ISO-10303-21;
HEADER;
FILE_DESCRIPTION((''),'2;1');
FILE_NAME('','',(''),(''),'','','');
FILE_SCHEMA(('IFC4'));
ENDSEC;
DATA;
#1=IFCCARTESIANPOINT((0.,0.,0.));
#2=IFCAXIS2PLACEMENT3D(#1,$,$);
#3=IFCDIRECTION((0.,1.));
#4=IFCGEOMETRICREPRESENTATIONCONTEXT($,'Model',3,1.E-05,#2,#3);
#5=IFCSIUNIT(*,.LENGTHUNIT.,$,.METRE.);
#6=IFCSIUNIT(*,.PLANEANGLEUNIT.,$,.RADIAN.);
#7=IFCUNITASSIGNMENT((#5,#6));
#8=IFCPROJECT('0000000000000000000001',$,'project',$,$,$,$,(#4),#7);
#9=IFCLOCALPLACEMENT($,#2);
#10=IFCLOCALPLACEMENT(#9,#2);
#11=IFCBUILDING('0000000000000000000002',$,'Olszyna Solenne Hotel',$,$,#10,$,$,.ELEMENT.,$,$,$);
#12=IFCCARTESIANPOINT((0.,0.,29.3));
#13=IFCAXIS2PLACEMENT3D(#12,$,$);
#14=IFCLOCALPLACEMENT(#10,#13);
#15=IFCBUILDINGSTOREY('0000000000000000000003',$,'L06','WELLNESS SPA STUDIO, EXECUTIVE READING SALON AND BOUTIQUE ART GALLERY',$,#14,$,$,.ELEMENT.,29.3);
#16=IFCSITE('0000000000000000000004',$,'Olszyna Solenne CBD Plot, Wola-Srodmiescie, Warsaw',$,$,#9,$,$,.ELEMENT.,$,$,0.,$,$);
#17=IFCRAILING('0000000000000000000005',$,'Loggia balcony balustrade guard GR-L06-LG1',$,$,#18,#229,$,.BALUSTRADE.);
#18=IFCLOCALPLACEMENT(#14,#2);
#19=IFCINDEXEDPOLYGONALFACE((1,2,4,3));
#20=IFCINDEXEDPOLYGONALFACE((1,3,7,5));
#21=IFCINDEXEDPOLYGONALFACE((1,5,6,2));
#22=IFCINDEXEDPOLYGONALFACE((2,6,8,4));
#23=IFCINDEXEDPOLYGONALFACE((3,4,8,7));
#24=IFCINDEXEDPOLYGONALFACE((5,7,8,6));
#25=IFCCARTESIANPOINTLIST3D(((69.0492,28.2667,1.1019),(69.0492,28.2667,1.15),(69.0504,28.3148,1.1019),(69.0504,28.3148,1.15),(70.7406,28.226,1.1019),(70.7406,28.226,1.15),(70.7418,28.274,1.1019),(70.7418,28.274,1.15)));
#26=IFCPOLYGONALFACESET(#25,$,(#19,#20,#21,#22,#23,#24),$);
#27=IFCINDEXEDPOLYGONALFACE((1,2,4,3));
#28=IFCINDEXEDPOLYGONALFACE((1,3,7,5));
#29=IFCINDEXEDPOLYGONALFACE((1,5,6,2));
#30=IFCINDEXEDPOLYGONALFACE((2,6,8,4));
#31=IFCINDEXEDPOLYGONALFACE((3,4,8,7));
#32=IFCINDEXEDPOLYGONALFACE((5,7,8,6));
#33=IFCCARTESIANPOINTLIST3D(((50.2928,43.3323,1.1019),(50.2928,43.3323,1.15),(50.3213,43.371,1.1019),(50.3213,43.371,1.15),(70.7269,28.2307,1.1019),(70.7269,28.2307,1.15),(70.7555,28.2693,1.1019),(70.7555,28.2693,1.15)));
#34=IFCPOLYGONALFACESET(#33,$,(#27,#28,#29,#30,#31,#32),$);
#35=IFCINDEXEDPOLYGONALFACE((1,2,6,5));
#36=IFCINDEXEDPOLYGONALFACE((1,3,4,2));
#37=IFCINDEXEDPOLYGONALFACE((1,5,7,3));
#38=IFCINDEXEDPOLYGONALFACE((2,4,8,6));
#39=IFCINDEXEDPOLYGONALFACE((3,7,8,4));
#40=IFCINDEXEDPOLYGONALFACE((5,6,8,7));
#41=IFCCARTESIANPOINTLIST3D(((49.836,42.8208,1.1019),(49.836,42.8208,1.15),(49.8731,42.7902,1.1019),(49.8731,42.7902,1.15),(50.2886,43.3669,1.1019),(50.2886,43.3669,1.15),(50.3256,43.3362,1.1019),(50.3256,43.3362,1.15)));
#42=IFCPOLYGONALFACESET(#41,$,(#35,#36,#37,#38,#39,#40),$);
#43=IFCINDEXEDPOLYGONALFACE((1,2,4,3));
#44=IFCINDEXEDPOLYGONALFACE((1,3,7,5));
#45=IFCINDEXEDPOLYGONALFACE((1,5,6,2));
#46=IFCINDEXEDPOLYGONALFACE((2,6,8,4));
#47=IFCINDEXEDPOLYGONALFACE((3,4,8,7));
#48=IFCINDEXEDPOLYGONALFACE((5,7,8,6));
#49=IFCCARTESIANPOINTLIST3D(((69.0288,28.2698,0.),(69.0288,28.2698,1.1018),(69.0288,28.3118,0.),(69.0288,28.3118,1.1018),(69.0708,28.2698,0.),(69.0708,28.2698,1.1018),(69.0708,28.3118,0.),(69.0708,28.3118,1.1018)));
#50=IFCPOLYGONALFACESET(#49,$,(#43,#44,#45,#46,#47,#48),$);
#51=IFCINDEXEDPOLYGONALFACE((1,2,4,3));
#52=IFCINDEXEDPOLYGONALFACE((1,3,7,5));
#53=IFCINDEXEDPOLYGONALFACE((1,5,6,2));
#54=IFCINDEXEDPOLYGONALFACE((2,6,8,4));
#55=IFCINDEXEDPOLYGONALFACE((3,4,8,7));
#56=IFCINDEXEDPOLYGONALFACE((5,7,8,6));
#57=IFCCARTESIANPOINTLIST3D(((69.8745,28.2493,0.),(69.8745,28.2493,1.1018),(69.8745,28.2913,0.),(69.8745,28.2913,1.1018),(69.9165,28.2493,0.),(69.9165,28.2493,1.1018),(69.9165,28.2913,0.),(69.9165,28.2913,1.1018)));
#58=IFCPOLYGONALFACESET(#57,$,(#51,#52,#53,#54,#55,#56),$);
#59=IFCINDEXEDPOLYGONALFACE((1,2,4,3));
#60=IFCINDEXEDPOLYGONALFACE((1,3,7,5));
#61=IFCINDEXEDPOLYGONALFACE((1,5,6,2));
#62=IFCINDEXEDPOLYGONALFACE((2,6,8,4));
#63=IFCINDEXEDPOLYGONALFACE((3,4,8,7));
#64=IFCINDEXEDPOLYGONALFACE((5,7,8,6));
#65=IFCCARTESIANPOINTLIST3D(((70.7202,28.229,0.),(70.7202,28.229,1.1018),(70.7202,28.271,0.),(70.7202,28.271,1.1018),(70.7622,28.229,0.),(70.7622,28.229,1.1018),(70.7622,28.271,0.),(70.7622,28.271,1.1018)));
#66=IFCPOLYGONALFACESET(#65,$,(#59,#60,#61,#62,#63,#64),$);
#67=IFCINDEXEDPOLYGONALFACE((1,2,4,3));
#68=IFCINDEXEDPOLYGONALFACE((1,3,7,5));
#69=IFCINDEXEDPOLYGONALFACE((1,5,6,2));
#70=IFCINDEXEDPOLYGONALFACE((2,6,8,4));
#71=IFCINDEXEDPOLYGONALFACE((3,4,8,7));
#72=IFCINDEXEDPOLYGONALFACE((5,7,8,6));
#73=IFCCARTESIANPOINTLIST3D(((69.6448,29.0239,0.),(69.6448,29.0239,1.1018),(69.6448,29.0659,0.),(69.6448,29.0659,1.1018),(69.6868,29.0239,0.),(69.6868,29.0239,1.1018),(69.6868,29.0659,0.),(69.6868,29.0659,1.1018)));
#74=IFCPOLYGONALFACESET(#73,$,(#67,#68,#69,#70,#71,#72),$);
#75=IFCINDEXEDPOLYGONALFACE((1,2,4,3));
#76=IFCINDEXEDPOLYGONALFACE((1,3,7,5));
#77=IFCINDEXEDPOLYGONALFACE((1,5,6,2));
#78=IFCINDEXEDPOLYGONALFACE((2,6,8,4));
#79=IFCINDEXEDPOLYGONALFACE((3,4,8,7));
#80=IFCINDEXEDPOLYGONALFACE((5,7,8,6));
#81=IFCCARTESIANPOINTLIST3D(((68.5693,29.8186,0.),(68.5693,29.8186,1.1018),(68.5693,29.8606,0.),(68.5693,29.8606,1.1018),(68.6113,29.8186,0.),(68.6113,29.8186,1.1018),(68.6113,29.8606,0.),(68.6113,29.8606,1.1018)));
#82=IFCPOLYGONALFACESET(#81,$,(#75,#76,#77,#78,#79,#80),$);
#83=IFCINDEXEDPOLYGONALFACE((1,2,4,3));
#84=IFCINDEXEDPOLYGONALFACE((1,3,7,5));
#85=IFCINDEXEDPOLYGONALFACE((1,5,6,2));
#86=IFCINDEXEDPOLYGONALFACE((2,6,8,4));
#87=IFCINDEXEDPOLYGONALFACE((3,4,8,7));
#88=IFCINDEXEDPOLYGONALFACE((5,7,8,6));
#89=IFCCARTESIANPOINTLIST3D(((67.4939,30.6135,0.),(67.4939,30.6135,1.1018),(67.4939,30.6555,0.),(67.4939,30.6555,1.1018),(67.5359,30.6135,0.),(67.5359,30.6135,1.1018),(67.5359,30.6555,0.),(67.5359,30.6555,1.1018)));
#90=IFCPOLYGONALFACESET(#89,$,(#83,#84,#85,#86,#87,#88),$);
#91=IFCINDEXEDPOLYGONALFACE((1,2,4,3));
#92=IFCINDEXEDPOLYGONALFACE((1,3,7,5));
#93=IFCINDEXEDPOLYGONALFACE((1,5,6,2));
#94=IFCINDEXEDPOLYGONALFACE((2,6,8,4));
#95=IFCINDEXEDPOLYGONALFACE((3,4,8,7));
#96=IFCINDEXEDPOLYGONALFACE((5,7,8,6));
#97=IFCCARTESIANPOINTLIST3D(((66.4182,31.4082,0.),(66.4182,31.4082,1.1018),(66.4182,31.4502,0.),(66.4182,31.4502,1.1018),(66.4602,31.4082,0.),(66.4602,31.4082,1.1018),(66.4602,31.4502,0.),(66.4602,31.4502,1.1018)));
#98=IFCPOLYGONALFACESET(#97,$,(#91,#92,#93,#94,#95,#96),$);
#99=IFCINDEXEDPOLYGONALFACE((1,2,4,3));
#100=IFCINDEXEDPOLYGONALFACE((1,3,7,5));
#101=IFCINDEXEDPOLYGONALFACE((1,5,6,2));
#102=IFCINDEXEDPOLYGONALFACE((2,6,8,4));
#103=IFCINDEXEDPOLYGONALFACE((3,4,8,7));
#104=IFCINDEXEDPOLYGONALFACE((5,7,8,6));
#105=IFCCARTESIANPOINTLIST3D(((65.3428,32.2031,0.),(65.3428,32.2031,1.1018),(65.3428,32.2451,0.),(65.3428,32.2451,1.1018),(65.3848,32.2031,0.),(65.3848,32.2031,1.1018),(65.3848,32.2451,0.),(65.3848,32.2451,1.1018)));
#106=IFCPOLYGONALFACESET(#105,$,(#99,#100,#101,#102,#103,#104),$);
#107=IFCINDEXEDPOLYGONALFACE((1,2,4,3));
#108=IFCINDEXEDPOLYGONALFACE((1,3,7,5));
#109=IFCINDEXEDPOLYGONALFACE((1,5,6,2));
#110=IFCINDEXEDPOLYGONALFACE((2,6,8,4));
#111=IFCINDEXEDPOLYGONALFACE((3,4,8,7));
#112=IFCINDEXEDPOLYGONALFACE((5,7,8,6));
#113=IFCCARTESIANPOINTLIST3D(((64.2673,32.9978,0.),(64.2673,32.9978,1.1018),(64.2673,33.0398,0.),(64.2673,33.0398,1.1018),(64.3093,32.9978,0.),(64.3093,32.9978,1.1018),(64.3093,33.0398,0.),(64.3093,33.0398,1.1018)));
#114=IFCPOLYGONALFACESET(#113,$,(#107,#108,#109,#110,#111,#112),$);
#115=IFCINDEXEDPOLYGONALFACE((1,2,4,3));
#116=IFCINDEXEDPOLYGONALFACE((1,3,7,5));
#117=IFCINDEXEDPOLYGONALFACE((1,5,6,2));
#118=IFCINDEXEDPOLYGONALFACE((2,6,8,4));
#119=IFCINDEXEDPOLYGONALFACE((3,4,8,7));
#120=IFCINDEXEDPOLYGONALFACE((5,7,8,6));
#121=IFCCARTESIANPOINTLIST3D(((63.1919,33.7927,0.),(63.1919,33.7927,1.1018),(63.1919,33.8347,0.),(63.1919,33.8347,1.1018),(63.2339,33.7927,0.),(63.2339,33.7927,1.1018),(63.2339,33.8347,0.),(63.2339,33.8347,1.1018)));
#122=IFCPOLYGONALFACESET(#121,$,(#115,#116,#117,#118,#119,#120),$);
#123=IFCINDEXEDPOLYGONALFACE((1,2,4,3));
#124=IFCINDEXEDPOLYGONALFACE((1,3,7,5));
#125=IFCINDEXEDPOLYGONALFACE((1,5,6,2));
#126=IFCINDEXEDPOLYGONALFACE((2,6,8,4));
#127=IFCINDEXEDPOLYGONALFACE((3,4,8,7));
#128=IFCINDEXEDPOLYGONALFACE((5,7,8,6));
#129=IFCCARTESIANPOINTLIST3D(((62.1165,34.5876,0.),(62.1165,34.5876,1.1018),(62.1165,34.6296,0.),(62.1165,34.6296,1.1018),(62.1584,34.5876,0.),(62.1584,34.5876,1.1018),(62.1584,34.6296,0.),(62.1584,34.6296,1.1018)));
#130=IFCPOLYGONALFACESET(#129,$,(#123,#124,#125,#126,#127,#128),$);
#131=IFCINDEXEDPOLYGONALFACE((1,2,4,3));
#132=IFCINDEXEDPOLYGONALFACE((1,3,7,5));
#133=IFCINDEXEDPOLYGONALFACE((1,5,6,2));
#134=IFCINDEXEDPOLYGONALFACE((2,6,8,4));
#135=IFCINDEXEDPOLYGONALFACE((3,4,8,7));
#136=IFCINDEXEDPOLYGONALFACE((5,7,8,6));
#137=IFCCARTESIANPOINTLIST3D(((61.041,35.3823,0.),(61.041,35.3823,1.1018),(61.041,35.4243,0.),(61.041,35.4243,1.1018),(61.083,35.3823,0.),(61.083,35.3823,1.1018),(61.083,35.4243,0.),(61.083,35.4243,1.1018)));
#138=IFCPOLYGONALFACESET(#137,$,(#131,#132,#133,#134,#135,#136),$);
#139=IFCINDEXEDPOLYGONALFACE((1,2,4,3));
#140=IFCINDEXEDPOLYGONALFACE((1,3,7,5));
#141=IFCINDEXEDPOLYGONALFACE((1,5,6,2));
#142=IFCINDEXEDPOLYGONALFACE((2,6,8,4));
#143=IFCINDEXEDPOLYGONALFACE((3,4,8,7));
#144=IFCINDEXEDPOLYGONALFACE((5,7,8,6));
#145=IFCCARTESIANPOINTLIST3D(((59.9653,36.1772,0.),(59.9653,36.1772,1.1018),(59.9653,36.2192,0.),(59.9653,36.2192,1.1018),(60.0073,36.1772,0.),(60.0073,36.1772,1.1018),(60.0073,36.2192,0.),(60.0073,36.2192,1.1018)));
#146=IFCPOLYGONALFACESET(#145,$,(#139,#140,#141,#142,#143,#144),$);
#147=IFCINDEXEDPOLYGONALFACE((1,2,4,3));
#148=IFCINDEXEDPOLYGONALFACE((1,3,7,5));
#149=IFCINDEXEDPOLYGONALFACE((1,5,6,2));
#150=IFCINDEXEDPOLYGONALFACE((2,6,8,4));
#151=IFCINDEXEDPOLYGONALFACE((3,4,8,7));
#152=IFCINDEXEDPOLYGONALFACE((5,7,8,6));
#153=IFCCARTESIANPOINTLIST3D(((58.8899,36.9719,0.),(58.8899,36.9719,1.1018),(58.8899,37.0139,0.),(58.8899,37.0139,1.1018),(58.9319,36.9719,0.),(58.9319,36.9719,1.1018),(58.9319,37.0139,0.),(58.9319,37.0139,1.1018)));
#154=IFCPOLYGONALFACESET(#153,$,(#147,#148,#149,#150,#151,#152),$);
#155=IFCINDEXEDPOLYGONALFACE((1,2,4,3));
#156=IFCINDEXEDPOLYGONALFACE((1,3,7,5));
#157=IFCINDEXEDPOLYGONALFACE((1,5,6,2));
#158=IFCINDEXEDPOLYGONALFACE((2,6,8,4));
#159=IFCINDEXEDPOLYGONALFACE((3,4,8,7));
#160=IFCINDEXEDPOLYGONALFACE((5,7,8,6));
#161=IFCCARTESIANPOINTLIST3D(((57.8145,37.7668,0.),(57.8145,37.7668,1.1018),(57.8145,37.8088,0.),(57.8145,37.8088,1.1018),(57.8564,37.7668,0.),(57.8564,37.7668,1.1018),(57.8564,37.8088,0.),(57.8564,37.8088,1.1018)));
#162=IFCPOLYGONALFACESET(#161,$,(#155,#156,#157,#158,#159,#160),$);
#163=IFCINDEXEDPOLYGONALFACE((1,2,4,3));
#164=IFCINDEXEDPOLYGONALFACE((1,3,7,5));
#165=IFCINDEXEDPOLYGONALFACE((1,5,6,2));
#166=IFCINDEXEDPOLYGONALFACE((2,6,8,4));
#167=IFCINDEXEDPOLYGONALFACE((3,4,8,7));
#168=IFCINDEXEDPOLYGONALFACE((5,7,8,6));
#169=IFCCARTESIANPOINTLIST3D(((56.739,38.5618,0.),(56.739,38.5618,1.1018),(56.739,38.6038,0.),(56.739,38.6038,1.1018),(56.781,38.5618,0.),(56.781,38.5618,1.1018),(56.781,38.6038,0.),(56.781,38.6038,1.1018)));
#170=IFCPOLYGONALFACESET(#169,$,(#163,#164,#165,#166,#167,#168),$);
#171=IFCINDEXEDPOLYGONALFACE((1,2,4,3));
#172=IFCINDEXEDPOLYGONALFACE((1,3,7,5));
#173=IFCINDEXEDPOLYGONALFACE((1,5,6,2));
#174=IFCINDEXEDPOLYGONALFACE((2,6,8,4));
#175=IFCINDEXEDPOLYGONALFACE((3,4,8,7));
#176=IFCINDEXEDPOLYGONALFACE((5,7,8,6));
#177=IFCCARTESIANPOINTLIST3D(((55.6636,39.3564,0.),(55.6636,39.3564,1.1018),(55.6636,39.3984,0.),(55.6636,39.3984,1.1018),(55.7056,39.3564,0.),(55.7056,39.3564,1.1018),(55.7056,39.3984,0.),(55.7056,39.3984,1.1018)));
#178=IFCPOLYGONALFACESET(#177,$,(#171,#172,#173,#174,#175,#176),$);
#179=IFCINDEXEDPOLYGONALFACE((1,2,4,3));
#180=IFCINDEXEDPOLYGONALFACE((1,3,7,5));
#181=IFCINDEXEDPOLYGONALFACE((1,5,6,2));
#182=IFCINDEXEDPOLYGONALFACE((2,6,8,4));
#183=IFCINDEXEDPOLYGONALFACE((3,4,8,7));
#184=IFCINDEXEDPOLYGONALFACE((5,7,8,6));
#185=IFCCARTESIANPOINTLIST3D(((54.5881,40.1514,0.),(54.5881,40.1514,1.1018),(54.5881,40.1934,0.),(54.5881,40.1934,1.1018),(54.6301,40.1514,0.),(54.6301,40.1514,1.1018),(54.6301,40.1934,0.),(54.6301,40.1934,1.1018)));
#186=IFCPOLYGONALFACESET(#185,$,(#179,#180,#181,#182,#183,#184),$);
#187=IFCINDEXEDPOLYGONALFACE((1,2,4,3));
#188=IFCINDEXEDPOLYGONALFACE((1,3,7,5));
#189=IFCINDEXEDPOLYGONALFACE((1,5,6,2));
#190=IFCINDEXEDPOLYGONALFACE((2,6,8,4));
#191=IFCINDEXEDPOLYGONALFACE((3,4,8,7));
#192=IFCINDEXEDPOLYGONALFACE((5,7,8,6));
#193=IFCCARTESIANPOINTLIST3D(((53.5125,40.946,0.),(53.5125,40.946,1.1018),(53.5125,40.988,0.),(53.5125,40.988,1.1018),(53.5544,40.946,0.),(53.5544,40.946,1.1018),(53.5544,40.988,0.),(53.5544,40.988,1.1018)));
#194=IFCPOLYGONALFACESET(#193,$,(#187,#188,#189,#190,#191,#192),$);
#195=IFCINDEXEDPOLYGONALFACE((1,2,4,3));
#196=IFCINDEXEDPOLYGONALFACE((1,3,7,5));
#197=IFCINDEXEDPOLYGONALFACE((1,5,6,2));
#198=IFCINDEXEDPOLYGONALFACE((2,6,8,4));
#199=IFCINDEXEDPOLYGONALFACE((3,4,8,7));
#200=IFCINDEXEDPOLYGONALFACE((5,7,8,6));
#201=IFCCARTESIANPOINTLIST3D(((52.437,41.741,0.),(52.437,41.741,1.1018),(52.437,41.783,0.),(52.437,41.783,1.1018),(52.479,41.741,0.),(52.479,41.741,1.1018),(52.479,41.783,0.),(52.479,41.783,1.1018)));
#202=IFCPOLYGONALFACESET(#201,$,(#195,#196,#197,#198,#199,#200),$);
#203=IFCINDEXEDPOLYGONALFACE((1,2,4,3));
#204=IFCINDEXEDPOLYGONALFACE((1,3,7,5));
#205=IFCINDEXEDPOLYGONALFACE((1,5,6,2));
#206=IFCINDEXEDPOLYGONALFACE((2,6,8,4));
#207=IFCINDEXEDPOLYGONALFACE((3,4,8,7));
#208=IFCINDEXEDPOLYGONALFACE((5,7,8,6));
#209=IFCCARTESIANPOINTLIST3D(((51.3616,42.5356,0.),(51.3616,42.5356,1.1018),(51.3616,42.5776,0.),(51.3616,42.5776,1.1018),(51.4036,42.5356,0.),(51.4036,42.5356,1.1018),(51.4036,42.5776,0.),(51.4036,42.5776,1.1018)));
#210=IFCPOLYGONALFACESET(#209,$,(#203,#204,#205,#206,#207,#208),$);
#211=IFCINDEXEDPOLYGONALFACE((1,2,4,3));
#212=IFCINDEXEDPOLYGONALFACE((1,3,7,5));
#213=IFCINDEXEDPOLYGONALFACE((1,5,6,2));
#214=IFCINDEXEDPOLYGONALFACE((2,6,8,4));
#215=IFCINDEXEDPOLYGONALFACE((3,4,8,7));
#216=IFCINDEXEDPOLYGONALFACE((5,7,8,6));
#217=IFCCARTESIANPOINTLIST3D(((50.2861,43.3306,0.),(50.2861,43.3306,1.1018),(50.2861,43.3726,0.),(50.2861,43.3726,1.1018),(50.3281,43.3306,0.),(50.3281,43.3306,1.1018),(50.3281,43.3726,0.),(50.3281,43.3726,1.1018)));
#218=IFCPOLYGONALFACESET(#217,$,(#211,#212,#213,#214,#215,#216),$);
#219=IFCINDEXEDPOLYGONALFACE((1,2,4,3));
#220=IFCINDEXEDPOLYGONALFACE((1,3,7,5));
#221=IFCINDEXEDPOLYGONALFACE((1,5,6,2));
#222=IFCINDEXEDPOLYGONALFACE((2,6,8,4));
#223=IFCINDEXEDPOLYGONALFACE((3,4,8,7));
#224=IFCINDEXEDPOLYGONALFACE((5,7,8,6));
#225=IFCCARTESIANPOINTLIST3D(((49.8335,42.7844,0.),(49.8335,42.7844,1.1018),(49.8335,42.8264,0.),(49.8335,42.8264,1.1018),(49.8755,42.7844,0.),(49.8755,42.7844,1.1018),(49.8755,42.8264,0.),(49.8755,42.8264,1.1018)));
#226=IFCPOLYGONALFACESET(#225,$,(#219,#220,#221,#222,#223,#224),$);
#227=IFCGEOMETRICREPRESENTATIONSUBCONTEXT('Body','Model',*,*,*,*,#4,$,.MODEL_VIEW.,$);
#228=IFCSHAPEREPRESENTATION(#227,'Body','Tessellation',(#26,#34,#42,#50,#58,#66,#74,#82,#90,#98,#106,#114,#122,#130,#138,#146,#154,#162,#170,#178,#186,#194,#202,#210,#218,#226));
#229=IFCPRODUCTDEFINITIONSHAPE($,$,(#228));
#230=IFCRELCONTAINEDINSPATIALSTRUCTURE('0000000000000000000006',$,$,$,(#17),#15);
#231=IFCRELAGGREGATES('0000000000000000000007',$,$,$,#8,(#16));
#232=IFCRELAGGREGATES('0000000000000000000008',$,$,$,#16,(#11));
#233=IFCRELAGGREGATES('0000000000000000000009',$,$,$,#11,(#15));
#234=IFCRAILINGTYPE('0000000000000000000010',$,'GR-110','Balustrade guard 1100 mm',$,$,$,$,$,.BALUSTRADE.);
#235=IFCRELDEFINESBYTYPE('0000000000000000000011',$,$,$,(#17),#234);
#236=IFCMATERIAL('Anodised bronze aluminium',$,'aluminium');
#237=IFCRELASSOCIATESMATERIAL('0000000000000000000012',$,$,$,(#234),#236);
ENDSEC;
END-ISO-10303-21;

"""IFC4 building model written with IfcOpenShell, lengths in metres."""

from ifc_helpers import new_model, si_unit, direction, frame, origin, origin_2d, place, context, subcontext, project, spatial, rectangle, extrude, material, type_object, element, save


model = new_model("IFC4")

# Units and contexts
model_context = context("Model", 3, precision=1e-05, world=origin(), true_north=direction((0.0, 1.0)))
body_context = subcontext(model_context, "Body", "Model", "MODEL_VIEW")
ifc_project = project(units=[si_unit("LENGTHUNIT", "METRE"), si_unit("PLANEANGLEUNIT", "RADIAN")], contexts=[model_context])

# Site, building, storey
site_placement = place(None, origin())
site = spatial("IfcSite", under=ifc_project, at=site_placement, Name="Olszyna Solenne CBD Plot, Wola-Srodmiescie, Warsaw", CompositionType="ELEMENT", RefElevation=0.0)
building_placement = place(site_placement, origin())
building = spatial("IfcBuilding", under=site, at=building_placement, Name="Olszyna Solenne Hotel", CompositionType="ELEMENT")
storey_placement = place(building_placement, frame((0.0, 0.0, 29.3)))
storey = spatial("IfcBuildingStorey", under=building, at=storey_placement, Name="L06", Description="WELLNESS SPA STUDIO, EXECUTIVE READING SALON AND BOUTIQUE ART GALLERY", CompositionType="ELEMENT", Elevation=29.3)

# Shared definitions
ifc_material_1 = material(Name="Anodised bronze aluminium", Category="aluminium")

# Railing
railing_type = type_object("IfcRailingType", Name="GR-110", Description="Balustrade guard 1100 mm", PredefinedType="BALUSTRADE", material=ifc_material_1)
railing_placement = place(storey_placement, frame((69.0498, 28.2908, 0.0)))
element("IfcRailing", 1, at=railing_placement, inside=storey, type_object=railing_type, Name="Loggia balcony balustrade guard GR-L06-LG1", PredefinedType="BALUSTRADE", context=body_context, shape_type="SweptSolid", body=[
    extrude(rectangle(XDim=0.0481, YDim=0.0481, at=origin_2d()), frame((0.0, 0.0, 1.126), z_axis=(0.99971, -0.024098, 0.0), x_axis=(0.024098, 0.99971, 0.0)), (0.0, 0.0, 1.0), 1.6919),
    extrude(rectangle(XDim=0.0481, YDim=0.0481, at=origin_2d()), frame((1.6914, -0.0408, 1.126), z_axis=(-0.804212, 0.594343, 0.0), x_axis=(-0.594343, -0.804212, 0.0)), (0.0, 0.0, 1.0), 25.4089),
    extrude(rectangle(XDim=0.0481, YDim=0.0481, at=origin_2d()), frame((-18.7427, 15.0608, 1.126), z_axis=(-0.638117, -0.769939, 0.0), x_axis=(0.769939, -0.638117, 0.0)), (0.0, 0.0, 1.0), 0.7092),
    extrude(rectangle(XDim=0.042, YDim=0.042, at=origin_2d()), origin(), (0.0, 0.0, 1.0), 1.1018),
    extrude(rectangle(XDim=0.042, YDim=0.042, at=origin_2d()), frame((0.8457, -0.0205, 0.0)), (0.0, 0.0, 1.0), 1.1018),
    extrude(rectangle(XDim=0.042, YDim=0.042, at=origin_2d()), frame((1.6914, -0.0408, 0.0)), (0.0, 0.0, 1.0), 1.1018),
    extrude(rectangle(XDim=0.042, YDim=0.042, at=origin_2d()), frame((0.616, 0.7542, 0.0)), (0.0, 0.0, 1.0), 1.1018),
    extrude(rectangle(XDim=0.042, YDim=0.042, at=origin_2d()), frame((-0.4595, 1.5488, 0.0)), (0.0, 0.0, 1.0), 1.1018),
    extrude(rectangle(XDim=0.042, YDim=0.042, at=origin_2d()), frame((-1.5349, 2.3438, 0.0)), (0.0, 0.0, 1.0), 1.1018),
    extrude(rectangle(XDim=0.042, YDim=0.042, at=origin_2d()), frame((-2.6106, 3.1384, 0.0)), (0.0, 0.0, 1.0), 1.1018),
    extrude(rectangle(XDim=0.042, YDim=0.042, at=origin_2d()), frame((-3.686, 3.9333, 0.0)), (0.0, 0.0, 1.0), 1.1018),
    extrude(rectangle(XDim=0.042, YDim=0.042, at=origin_2d()), frame((-4.7615, 4.728, 0.0)), (0.0, 0.0, 1.0), 1.1018),
    extrude(rectangle(XDim=0.042, YDim=0.042, at=origin_2d()), frame((-5.8369, 5.5229, 0.0)), (0.0, 0.0, 1.0), 1.1018),
    extrude(rectangle(XDim=0.042, YDim=0.042, at=origin_2d()), frame((-6.9124, 6.3179, 0.0)), (0.0, 0.0, 1.0), 1.1018),
    extrude(rectangle(XDim=0.042, YDim=0.042, at=origin_2d()), frame((-7.9878, 7.1125, 0.0)), (0.0, 0.0, 1.0), 1.1018),
    extrude(rectangle(XDim=0.042, YDim=0.042, at=origin_2d()), frame((-9.0635, 7.9075, 0.0)), (0.0, 0.0, 1.0), 1.1018),
    extrude(rectangle(XDim=0.042, YDim=0.042, at=origin_2d()), frame((-10.1389, 8.7021, 0.0)), (0.0, 0.0, 1.0), 1.1018),
    extrude(rectangle(XDim=0.042, YDim=0.042, at=origin_2d()), frame((-11.2144, 9.4971, 0.0)), (0.0, 0.0, 1.0), 1.1018),
    extrude(rectangle(XDim=0.042, YDim=0.042, at=origin_2d()), frame((-12.2898, 10.292, 0.0)), (0.0, 0.0, 1.0), 1.1018),
    extrude(rectangle(XDim=0.042, YDim=0.042, at=origin_2d()), frame((-13.3652, 11.0867, 0.0)), (0.0, 0.0, 1.0), 1.1018),
    extrude(rectangle(XDim=0.042, YDim=0.042, at=origin_2d()), frame((-14.4407, 11.8816, 0.0)), (0.0, 0.0, 1.0), 1.1018),
    extrude(rectangle(XDim=0.042, YDim=0.042, at=origin_2d()), frame((-15.5164, 12.6763, 0.0)), (0.0, 0.0, 1.0), 1.1018),
    extrude(rectangle(XDim=0.042, YDim=0.042, at=origin_2d()), frame((-16.5918, 13.4712, 0.0)), (0.0, 0.0, 1.0), 1.1018),
    extrude(rectangle(XDim=0.042, YDim=0.042, at=origin_2d()), frame((-17.6672, 14.2659, 0.0)), (0.0, 0.0, 1.0), 1.1018),
    extrude(rectangle(XDim=0.042, YDim=0.042, at=origin_2d()), frame((-18.7427, 15.0608, 0.0)), (0.0, 0.0, 1.0), 1.1018),
    extrude(rectangle(XDim=0.042, YDim=0.042, at=origin_2d()), frame((-19.1953, 14.5146, 0.0)), (0.0, 0.0, 1.0), 1.1018),
])

save(model, "model.ifc")
